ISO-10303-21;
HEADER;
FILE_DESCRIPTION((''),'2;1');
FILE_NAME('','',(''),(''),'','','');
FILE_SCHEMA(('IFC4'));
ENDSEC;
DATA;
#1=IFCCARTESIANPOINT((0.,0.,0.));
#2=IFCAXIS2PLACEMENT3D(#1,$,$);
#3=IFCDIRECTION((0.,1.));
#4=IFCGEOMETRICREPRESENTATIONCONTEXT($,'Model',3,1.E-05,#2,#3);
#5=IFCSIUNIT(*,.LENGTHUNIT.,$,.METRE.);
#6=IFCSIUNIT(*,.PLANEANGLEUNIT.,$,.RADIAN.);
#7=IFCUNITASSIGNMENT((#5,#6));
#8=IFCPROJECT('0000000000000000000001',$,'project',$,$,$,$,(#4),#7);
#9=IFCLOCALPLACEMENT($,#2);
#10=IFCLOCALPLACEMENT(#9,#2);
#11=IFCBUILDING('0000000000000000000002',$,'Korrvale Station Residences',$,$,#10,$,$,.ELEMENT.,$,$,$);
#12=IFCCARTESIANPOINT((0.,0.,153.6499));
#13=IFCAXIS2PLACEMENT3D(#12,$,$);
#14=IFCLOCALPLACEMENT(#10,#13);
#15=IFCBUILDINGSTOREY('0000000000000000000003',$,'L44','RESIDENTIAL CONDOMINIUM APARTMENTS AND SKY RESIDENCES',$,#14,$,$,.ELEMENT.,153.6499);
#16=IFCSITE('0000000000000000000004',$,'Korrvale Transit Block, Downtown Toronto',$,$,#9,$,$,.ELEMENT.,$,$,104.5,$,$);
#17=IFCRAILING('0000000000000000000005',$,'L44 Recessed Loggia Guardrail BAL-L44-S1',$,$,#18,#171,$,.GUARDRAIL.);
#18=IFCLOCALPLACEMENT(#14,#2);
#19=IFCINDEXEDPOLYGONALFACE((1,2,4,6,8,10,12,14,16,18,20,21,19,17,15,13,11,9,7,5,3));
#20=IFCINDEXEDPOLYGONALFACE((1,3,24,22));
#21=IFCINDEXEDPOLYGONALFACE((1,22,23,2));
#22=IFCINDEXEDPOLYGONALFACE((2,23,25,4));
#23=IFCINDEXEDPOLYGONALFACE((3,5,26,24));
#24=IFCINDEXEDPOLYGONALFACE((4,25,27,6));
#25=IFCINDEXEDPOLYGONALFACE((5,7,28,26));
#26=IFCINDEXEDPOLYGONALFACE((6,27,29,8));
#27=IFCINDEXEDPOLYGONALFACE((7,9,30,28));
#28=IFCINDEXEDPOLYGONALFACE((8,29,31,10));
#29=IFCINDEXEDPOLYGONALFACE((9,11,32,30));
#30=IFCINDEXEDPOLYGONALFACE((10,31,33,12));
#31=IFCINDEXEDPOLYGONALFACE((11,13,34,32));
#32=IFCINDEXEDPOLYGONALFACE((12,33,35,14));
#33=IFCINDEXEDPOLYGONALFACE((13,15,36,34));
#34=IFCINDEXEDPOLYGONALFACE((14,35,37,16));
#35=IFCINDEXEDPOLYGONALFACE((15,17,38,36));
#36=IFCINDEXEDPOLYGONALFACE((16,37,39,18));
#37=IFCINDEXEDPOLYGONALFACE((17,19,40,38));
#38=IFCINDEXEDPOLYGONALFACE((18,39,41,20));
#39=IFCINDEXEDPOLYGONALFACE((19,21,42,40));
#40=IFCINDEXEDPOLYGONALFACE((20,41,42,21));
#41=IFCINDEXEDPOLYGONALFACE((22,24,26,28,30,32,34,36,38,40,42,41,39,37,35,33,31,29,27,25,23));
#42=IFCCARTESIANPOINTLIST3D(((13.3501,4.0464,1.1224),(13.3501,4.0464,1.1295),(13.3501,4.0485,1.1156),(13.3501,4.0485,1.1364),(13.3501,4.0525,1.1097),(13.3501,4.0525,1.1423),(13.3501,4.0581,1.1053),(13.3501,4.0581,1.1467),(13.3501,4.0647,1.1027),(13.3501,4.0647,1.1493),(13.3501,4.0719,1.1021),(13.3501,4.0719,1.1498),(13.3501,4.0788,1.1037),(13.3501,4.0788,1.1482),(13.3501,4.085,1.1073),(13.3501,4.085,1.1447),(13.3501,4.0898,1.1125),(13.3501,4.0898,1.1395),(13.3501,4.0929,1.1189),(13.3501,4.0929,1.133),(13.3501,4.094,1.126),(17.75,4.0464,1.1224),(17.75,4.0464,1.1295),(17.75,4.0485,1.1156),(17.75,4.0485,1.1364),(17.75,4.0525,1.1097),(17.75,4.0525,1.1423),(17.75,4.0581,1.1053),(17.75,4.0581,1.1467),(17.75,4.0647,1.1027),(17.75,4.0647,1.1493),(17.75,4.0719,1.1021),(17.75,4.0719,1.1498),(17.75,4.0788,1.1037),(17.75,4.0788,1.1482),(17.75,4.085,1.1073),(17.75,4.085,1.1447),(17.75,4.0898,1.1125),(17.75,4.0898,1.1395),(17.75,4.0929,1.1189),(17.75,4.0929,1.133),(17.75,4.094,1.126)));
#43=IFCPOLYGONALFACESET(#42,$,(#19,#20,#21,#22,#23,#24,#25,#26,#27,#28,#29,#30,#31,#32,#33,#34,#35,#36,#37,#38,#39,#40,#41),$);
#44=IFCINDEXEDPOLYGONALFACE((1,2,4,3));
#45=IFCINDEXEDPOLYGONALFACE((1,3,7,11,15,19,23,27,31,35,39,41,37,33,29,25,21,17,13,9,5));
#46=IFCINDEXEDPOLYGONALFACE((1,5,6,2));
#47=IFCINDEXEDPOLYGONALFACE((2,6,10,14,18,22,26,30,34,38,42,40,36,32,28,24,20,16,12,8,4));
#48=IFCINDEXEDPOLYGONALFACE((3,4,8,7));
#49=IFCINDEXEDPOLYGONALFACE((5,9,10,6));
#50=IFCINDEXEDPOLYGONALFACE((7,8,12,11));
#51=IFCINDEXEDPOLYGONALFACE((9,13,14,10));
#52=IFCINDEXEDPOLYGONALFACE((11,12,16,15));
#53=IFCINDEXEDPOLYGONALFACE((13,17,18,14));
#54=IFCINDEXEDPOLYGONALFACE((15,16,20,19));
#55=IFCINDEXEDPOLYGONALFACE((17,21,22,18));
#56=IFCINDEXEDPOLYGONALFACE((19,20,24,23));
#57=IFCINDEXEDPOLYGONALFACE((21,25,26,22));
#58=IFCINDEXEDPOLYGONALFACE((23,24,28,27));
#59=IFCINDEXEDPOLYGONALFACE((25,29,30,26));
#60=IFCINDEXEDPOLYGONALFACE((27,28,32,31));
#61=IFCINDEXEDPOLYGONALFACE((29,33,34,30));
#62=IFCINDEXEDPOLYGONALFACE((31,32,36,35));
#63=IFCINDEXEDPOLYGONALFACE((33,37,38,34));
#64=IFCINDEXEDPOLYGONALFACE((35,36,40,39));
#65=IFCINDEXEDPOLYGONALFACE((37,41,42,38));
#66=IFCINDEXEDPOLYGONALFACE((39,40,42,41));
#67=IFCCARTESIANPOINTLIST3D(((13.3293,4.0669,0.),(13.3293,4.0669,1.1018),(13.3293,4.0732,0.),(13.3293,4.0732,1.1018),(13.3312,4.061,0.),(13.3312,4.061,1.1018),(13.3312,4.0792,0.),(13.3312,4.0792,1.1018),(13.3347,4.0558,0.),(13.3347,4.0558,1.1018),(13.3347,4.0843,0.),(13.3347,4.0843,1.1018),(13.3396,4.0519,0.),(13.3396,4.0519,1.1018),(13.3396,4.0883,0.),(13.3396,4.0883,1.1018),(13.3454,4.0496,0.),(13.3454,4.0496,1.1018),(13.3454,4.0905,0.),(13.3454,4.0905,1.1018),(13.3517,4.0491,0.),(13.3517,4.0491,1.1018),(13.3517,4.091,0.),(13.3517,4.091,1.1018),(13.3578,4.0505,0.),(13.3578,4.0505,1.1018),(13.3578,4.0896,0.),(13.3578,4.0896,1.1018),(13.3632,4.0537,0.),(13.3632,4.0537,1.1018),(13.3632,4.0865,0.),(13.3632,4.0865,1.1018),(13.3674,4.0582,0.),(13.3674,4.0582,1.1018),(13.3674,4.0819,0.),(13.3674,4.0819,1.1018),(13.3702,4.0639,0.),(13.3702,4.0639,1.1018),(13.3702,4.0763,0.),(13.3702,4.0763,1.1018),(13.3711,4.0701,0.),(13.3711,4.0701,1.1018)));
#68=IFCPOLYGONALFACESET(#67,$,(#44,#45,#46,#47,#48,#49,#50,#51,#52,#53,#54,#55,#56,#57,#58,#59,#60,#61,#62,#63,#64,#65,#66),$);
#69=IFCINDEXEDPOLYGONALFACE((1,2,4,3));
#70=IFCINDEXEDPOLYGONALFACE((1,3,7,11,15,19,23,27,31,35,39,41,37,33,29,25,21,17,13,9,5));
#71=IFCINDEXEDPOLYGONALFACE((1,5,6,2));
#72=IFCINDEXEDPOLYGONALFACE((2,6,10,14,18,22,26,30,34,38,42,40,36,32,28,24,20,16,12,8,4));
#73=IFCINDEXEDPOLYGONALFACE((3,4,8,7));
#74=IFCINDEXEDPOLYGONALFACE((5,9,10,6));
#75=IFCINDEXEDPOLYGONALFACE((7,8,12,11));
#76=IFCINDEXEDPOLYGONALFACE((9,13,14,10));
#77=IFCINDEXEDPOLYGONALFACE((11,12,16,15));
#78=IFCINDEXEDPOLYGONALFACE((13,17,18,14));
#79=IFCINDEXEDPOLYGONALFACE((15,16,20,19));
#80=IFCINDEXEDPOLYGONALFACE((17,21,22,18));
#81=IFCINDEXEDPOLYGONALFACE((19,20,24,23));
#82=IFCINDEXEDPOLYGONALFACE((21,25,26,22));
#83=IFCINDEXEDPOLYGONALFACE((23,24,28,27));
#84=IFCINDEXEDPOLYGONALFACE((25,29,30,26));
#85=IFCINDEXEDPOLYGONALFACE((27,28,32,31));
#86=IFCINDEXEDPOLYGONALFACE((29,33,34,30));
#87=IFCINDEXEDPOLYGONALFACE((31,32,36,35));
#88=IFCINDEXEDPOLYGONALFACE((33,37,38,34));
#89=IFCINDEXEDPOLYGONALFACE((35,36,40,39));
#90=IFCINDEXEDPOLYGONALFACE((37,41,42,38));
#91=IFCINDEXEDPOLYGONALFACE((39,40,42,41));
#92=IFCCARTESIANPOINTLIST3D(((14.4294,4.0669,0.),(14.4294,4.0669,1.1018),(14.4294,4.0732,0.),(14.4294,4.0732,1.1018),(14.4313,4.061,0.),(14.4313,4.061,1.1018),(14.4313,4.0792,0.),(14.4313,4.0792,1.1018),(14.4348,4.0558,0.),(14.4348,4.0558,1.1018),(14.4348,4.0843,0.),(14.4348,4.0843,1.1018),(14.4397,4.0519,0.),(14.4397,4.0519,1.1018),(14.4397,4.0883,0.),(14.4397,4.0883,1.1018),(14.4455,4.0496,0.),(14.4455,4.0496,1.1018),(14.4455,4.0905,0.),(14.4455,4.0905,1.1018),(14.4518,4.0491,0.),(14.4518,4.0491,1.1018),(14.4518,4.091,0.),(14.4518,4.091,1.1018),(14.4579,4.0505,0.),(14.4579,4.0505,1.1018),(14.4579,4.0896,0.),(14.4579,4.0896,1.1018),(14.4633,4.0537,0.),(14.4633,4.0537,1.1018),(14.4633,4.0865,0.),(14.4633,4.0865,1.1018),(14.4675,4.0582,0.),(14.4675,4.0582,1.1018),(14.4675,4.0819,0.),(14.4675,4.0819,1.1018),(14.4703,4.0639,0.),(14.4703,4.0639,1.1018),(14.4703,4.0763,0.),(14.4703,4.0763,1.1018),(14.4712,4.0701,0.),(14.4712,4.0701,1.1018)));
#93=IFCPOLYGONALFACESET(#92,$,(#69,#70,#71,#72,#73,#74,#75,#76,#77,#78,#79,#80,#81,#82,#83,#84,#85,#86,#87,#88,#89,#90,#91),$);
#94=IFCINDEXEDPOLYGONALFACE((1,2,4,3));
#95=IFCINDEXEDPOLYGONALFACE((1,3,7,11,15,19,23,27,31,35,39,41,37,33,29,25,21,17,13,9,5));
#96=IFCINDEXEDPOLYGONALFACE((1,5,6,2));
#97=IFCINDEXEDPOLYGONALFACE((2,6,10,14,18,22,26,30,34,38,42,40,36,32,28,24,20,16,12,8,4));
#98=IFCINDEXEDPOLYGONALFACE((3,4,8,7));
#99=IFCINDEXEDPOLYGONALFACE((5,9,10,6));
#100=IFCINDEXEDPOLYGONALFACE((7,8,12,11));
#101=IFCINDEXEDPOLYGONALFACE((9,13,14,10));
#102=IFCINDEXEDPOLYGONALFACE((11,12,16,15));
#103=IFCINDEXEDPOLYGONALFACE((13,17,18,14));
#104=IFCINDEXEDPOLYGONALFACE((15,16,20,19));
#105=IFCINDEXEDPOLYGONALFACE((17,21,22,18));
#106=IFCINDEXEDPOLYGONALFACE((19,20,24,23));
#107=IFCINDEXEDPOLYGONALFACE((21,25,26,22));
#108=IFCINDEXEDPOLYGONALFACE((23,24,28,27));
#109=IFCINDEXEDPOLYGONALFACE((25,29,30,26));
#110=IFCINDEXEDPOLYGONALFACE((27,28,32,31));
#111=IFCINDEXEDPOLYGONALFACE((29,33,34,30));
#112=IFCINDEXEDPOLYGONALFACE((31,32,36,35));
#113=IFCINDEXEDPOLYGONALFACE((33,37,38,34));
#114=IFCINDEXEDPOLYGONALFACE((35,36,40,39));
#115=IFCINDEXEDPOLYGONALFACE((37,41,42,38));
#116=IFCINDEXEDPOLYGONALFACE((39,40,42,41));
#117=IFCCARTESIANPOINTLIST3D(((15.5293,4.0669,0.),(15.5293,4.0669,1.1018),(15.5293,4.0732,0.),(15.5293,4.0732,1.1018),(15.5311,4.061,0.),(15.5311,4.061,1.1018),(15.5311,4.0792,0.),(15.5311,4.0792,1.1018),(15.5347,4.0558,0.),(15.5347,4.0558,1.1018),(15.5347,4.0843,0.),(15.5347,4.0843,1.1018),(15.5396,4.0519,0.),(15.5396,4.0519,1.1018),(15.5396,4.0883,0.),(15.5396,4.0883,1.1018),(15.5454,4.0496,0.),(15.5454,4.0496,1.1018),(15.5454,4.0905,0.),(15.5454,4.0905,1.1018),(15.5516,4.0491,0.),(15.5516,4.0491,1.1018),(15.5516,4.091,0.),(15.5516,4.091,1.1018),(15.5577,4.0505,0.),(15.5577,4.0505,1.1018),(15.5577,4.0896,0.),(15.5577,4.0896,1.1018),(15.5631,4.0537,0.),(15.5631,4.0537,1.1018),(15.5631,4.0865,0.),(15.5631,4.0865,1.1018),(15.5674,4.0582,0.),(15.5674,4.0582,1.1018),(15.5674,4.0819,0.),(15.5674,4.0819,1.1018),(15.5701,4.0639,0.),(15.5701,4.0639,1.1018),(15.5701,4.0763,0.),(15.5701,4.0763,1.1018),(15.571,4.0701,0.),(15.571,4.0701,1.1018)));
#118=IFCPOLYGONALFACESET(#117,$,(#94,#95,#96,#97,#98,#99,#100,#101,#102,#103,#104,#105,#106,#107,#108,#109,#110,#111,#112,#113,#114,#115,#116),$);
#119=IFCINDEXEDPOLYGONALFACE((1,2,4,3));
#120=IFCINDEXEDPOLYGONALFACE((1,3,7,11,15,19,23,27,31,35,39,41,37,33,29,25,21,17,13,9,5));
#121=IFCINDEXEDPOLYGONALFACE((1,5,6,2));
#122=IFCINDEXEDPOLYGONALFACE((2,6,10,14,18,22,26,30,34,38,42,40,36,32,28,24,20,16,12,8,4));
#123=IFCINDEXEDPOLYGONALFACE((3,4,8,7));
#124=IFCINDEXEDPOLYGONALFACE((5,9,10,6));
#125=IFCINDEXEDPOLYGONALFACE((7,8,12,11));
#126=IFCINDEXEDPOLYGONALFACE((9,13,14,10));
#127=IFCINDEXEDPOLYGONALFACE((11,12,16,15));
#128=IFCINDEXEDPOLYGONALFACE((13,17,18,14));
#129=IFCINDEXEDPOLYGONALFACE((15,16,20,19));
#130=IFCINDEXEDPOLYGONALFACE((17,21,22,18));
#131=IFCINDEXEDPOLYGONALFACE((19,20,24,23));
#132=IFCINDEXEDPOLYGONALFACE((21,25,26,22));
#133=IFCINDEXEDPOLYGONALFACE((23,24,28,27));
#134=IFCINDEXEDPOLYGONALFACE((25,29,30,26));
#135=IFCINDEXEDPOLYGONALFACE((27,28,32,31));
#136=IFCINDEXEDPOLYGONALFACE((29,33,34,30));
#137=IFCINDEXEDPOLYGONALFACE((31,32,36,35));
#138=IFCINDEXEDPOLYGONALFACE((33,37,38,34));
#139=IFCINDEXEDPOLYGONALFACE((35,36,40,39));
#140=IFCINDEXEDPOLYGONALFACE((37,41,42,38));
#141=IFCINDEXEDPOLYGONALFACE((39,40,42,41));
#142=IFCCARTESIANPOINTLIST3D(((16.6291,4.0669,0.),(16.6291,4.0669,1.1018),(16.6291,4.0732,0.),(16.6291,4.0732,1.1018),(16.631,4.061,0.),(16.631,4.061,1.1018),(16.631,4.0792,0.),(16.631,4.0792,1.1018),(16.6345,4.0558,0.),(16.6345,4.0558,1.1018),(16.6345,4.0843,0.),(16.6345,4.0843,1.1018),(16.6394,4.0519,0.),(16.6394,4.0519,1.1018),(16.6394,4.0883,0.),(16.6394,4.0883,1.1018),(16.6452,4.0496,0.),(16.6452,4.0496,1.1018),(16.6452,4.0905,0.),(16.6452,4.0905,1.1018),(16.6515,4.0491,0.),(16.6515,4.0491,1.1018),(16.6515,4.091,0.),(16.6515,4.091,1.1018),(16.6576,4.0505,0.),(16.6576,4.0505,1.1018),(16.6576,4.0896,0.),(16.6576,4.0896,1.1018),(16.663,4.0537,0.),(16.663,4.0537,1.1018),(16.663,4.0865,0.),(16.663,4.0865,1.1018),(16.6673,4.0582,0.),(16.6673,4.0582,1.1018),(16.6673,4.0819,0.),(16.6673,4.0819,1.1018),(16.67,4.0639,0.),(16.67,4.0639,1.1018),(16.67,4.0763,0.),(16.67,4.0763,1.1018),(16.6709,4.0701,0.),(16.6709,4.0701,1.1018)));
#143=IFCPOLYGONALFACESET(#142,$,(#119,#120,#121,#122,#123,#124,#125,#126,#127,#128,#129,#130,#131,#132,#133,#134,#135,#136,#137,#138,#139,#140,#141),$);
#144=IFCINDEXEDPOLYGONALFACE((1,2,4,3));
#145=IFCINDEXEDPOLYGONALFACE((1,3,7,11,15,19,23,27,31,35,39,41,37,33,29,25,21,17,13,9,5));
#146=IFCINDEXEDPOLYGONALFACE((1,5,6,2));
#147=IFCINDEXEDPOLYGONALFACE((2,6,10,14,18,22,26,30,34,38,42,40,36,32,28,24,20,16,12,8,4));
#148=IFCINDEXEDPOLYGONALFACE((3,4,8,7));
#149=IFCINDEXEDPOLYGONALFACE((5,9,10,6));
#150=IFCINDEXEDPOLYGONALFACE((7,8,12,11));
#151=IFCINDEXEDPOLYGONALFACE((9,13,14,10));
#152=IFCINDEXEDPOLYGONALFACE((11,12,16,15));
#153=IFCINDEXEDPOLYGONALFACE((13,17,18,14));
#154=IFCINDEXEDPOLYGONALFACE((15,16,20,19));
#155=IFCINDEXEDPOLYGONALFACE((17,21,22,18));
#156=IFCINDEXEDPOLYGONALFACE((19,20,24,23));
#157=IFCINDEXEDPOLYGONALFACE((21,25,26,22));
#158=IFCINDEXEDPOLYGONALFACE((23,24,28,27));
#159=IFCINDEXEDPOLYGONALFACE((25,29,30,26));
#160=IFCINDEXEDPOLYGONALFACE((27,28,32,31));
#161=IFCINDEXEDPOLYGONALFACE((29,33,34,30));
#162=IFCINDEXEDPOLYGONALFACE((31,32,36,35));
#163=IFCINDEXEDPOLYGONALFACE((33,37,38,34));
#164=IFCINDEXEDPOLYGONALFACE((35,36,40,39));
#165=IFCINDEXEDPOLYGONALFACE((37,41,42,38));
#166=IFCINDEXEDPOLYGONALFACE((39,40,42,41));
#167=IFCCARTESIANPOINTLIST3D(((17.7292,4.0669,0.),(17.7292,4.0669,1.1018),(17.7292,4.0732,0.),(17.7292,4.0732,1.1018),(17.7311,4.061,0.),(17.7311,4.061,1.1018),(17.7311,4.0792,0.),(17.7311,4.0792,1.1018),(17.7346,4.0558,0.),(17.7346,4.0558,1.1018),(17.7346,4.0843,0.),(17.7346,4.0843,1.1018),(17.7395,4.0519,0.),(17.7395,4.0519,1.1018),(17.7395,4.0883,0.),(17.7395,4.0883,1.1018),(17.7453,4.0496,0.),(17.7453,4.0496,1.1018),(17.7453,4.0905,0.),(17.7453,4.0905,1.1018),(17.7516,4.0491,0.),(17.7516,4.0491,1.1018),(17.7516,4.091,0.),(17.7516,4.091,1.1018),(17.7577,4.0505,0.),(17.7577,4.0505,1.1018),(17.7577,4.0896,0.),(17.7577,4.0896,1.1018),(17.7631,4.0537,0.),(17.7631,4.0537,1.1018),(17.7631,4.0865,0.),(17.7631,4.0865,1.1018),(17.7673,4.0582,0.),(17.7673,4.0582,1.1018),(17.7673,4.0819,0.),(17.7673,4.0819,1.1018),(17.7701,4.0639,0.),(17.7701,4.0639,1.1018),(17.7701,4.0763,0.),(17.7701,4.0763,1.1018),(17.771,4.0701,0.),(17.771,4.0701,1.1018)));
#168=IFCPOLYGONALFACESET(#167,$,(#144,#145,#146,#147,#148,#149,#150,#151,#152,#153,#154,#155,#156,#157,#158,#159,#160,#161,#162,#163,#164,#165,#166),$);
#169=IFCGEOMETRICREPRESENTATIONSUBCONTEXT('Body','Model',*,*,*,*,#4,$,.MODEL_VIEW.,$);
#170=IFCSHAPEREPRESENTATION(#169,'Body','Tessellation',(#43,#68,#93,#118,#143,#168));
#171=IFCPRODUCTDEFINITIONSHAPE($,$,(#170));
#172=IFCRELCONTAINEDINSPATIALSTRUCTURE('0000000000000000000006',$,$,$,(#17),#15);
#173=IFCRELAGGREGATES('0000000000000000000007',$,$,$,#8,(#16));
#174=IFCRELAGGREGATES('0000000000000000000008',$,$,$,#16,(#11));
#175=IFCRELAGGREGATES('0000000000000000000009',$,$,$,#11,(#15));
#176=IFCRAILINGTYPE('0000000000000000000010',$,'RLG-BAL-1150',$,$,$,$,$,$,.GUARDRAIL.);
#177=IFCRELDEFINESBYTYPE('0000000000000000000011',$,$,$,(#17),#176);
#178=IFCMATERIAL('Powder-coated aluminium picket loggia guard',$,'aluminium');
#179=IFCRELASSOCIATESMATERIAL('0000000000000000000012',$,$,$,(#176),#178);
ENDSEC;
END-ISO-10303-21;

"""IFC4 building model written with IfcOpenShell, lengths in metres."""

from ifc_helpers import new_model, si_unit, direction, frame, origin, origin_2d, place, context, subcontext, project, spatial, circle, extrude, material, type_object, element, save


model = new_model("IFC4")

# Units and contexts
model_context = context("Model", 3, precision=1e-05, world=origin(), true_north=direction((0.0, 1.0)))
body_context = subcontext(model_context, "Body", "Model", "MODEL_VIEW")
ifc_project = project(units=[si_unit("LENGTHUNIT", "METRE"), si_unit("PLANEANGLEUNIT", "RADIAN")], contexts=[model_context])

# Site, building, storey
site_placement = place(None, origin())
site = spatial("IfcSite", under=ifc_project, at=site_placement, Name="Korrvale Transit Block, Downtown Toronto", CompositionType="ELEMENT", RefElevation=104.5)
building_placement = place(site_placement, origin())
building = spatial("IfcBuilding", under=site, at=building_placement, Name="Korrvale Station Residences", CompositionType="ELEMENT")
storey_placement = place(building_placement, frame((0.0, 0.0, 153.6499)))
storey = spatial("IfcBuildingStorey", under=building, at=storey_placement, Name="L44", Description="RESIDENTIAL CONDOMINIUM APARTMENTS AND SKY RESIDENCES", CompositionType="ELEMENT", Elevation=153.6499)

# Railing
ifc_material_1 = material(Name="Powder-coated aluminium picket loggia guard", Category="aluminium")
railing_type = type_object("IfcRailingType", Name="RLG-BAL-1150", PredefinedType="GUARDRAIL", material=ifc_material_1)
railing_placement = place(storey_placement, frame((13.3501, 4.0701, 0.0)))
element("IfcRailing", 1, at=railing_placement, inside=storey, type_object=railing_type, Name="L44 Recessed Loggia Guardrail BAL-L44-S1", PredefinedType="GUARDRAIL", context=body_context, shape_type="SweptSolid", body=[
    extrude(circle(Radius=0.0239, at=origin_2d()), frame((0.0, 0.0, 1.126), z_axis=(1.0, 0.0, 0.0), x_axis=(0.0, 1.0, 0.0)), (0.0, 0.0, 1.0), 4.3999),
    extrude(circle(Radius=0.021, at=origin_2d()), origin(), (0.0, 0.0, 1.0), 1.1018),
    extrude(circle(Radius=0.021, at=origin_2d()), frame((1.1001, 0.0, 0.0)), (0.0, 0.0, 1.0), 1.1018),
    extrude(circle(Radius=0.021, at=origin_2d()), frame((2.2, 0.0, 0.0)), (0.0, 0.0, 1.0), 1.1018),
    extrude(circle(Radius=0.021, at=origin_2d()), frame((3.2998, 0.0, 0.0)), (0.0, 0.0, 1.0), 1.1018),
    extrude(circle(Radius=0.021, at=origin_2d()), frame((4.3999, 0.0, 0.0)), (0.0, 0.0, 1.0), 1.1018),
])

save(model, "model.ifc")
